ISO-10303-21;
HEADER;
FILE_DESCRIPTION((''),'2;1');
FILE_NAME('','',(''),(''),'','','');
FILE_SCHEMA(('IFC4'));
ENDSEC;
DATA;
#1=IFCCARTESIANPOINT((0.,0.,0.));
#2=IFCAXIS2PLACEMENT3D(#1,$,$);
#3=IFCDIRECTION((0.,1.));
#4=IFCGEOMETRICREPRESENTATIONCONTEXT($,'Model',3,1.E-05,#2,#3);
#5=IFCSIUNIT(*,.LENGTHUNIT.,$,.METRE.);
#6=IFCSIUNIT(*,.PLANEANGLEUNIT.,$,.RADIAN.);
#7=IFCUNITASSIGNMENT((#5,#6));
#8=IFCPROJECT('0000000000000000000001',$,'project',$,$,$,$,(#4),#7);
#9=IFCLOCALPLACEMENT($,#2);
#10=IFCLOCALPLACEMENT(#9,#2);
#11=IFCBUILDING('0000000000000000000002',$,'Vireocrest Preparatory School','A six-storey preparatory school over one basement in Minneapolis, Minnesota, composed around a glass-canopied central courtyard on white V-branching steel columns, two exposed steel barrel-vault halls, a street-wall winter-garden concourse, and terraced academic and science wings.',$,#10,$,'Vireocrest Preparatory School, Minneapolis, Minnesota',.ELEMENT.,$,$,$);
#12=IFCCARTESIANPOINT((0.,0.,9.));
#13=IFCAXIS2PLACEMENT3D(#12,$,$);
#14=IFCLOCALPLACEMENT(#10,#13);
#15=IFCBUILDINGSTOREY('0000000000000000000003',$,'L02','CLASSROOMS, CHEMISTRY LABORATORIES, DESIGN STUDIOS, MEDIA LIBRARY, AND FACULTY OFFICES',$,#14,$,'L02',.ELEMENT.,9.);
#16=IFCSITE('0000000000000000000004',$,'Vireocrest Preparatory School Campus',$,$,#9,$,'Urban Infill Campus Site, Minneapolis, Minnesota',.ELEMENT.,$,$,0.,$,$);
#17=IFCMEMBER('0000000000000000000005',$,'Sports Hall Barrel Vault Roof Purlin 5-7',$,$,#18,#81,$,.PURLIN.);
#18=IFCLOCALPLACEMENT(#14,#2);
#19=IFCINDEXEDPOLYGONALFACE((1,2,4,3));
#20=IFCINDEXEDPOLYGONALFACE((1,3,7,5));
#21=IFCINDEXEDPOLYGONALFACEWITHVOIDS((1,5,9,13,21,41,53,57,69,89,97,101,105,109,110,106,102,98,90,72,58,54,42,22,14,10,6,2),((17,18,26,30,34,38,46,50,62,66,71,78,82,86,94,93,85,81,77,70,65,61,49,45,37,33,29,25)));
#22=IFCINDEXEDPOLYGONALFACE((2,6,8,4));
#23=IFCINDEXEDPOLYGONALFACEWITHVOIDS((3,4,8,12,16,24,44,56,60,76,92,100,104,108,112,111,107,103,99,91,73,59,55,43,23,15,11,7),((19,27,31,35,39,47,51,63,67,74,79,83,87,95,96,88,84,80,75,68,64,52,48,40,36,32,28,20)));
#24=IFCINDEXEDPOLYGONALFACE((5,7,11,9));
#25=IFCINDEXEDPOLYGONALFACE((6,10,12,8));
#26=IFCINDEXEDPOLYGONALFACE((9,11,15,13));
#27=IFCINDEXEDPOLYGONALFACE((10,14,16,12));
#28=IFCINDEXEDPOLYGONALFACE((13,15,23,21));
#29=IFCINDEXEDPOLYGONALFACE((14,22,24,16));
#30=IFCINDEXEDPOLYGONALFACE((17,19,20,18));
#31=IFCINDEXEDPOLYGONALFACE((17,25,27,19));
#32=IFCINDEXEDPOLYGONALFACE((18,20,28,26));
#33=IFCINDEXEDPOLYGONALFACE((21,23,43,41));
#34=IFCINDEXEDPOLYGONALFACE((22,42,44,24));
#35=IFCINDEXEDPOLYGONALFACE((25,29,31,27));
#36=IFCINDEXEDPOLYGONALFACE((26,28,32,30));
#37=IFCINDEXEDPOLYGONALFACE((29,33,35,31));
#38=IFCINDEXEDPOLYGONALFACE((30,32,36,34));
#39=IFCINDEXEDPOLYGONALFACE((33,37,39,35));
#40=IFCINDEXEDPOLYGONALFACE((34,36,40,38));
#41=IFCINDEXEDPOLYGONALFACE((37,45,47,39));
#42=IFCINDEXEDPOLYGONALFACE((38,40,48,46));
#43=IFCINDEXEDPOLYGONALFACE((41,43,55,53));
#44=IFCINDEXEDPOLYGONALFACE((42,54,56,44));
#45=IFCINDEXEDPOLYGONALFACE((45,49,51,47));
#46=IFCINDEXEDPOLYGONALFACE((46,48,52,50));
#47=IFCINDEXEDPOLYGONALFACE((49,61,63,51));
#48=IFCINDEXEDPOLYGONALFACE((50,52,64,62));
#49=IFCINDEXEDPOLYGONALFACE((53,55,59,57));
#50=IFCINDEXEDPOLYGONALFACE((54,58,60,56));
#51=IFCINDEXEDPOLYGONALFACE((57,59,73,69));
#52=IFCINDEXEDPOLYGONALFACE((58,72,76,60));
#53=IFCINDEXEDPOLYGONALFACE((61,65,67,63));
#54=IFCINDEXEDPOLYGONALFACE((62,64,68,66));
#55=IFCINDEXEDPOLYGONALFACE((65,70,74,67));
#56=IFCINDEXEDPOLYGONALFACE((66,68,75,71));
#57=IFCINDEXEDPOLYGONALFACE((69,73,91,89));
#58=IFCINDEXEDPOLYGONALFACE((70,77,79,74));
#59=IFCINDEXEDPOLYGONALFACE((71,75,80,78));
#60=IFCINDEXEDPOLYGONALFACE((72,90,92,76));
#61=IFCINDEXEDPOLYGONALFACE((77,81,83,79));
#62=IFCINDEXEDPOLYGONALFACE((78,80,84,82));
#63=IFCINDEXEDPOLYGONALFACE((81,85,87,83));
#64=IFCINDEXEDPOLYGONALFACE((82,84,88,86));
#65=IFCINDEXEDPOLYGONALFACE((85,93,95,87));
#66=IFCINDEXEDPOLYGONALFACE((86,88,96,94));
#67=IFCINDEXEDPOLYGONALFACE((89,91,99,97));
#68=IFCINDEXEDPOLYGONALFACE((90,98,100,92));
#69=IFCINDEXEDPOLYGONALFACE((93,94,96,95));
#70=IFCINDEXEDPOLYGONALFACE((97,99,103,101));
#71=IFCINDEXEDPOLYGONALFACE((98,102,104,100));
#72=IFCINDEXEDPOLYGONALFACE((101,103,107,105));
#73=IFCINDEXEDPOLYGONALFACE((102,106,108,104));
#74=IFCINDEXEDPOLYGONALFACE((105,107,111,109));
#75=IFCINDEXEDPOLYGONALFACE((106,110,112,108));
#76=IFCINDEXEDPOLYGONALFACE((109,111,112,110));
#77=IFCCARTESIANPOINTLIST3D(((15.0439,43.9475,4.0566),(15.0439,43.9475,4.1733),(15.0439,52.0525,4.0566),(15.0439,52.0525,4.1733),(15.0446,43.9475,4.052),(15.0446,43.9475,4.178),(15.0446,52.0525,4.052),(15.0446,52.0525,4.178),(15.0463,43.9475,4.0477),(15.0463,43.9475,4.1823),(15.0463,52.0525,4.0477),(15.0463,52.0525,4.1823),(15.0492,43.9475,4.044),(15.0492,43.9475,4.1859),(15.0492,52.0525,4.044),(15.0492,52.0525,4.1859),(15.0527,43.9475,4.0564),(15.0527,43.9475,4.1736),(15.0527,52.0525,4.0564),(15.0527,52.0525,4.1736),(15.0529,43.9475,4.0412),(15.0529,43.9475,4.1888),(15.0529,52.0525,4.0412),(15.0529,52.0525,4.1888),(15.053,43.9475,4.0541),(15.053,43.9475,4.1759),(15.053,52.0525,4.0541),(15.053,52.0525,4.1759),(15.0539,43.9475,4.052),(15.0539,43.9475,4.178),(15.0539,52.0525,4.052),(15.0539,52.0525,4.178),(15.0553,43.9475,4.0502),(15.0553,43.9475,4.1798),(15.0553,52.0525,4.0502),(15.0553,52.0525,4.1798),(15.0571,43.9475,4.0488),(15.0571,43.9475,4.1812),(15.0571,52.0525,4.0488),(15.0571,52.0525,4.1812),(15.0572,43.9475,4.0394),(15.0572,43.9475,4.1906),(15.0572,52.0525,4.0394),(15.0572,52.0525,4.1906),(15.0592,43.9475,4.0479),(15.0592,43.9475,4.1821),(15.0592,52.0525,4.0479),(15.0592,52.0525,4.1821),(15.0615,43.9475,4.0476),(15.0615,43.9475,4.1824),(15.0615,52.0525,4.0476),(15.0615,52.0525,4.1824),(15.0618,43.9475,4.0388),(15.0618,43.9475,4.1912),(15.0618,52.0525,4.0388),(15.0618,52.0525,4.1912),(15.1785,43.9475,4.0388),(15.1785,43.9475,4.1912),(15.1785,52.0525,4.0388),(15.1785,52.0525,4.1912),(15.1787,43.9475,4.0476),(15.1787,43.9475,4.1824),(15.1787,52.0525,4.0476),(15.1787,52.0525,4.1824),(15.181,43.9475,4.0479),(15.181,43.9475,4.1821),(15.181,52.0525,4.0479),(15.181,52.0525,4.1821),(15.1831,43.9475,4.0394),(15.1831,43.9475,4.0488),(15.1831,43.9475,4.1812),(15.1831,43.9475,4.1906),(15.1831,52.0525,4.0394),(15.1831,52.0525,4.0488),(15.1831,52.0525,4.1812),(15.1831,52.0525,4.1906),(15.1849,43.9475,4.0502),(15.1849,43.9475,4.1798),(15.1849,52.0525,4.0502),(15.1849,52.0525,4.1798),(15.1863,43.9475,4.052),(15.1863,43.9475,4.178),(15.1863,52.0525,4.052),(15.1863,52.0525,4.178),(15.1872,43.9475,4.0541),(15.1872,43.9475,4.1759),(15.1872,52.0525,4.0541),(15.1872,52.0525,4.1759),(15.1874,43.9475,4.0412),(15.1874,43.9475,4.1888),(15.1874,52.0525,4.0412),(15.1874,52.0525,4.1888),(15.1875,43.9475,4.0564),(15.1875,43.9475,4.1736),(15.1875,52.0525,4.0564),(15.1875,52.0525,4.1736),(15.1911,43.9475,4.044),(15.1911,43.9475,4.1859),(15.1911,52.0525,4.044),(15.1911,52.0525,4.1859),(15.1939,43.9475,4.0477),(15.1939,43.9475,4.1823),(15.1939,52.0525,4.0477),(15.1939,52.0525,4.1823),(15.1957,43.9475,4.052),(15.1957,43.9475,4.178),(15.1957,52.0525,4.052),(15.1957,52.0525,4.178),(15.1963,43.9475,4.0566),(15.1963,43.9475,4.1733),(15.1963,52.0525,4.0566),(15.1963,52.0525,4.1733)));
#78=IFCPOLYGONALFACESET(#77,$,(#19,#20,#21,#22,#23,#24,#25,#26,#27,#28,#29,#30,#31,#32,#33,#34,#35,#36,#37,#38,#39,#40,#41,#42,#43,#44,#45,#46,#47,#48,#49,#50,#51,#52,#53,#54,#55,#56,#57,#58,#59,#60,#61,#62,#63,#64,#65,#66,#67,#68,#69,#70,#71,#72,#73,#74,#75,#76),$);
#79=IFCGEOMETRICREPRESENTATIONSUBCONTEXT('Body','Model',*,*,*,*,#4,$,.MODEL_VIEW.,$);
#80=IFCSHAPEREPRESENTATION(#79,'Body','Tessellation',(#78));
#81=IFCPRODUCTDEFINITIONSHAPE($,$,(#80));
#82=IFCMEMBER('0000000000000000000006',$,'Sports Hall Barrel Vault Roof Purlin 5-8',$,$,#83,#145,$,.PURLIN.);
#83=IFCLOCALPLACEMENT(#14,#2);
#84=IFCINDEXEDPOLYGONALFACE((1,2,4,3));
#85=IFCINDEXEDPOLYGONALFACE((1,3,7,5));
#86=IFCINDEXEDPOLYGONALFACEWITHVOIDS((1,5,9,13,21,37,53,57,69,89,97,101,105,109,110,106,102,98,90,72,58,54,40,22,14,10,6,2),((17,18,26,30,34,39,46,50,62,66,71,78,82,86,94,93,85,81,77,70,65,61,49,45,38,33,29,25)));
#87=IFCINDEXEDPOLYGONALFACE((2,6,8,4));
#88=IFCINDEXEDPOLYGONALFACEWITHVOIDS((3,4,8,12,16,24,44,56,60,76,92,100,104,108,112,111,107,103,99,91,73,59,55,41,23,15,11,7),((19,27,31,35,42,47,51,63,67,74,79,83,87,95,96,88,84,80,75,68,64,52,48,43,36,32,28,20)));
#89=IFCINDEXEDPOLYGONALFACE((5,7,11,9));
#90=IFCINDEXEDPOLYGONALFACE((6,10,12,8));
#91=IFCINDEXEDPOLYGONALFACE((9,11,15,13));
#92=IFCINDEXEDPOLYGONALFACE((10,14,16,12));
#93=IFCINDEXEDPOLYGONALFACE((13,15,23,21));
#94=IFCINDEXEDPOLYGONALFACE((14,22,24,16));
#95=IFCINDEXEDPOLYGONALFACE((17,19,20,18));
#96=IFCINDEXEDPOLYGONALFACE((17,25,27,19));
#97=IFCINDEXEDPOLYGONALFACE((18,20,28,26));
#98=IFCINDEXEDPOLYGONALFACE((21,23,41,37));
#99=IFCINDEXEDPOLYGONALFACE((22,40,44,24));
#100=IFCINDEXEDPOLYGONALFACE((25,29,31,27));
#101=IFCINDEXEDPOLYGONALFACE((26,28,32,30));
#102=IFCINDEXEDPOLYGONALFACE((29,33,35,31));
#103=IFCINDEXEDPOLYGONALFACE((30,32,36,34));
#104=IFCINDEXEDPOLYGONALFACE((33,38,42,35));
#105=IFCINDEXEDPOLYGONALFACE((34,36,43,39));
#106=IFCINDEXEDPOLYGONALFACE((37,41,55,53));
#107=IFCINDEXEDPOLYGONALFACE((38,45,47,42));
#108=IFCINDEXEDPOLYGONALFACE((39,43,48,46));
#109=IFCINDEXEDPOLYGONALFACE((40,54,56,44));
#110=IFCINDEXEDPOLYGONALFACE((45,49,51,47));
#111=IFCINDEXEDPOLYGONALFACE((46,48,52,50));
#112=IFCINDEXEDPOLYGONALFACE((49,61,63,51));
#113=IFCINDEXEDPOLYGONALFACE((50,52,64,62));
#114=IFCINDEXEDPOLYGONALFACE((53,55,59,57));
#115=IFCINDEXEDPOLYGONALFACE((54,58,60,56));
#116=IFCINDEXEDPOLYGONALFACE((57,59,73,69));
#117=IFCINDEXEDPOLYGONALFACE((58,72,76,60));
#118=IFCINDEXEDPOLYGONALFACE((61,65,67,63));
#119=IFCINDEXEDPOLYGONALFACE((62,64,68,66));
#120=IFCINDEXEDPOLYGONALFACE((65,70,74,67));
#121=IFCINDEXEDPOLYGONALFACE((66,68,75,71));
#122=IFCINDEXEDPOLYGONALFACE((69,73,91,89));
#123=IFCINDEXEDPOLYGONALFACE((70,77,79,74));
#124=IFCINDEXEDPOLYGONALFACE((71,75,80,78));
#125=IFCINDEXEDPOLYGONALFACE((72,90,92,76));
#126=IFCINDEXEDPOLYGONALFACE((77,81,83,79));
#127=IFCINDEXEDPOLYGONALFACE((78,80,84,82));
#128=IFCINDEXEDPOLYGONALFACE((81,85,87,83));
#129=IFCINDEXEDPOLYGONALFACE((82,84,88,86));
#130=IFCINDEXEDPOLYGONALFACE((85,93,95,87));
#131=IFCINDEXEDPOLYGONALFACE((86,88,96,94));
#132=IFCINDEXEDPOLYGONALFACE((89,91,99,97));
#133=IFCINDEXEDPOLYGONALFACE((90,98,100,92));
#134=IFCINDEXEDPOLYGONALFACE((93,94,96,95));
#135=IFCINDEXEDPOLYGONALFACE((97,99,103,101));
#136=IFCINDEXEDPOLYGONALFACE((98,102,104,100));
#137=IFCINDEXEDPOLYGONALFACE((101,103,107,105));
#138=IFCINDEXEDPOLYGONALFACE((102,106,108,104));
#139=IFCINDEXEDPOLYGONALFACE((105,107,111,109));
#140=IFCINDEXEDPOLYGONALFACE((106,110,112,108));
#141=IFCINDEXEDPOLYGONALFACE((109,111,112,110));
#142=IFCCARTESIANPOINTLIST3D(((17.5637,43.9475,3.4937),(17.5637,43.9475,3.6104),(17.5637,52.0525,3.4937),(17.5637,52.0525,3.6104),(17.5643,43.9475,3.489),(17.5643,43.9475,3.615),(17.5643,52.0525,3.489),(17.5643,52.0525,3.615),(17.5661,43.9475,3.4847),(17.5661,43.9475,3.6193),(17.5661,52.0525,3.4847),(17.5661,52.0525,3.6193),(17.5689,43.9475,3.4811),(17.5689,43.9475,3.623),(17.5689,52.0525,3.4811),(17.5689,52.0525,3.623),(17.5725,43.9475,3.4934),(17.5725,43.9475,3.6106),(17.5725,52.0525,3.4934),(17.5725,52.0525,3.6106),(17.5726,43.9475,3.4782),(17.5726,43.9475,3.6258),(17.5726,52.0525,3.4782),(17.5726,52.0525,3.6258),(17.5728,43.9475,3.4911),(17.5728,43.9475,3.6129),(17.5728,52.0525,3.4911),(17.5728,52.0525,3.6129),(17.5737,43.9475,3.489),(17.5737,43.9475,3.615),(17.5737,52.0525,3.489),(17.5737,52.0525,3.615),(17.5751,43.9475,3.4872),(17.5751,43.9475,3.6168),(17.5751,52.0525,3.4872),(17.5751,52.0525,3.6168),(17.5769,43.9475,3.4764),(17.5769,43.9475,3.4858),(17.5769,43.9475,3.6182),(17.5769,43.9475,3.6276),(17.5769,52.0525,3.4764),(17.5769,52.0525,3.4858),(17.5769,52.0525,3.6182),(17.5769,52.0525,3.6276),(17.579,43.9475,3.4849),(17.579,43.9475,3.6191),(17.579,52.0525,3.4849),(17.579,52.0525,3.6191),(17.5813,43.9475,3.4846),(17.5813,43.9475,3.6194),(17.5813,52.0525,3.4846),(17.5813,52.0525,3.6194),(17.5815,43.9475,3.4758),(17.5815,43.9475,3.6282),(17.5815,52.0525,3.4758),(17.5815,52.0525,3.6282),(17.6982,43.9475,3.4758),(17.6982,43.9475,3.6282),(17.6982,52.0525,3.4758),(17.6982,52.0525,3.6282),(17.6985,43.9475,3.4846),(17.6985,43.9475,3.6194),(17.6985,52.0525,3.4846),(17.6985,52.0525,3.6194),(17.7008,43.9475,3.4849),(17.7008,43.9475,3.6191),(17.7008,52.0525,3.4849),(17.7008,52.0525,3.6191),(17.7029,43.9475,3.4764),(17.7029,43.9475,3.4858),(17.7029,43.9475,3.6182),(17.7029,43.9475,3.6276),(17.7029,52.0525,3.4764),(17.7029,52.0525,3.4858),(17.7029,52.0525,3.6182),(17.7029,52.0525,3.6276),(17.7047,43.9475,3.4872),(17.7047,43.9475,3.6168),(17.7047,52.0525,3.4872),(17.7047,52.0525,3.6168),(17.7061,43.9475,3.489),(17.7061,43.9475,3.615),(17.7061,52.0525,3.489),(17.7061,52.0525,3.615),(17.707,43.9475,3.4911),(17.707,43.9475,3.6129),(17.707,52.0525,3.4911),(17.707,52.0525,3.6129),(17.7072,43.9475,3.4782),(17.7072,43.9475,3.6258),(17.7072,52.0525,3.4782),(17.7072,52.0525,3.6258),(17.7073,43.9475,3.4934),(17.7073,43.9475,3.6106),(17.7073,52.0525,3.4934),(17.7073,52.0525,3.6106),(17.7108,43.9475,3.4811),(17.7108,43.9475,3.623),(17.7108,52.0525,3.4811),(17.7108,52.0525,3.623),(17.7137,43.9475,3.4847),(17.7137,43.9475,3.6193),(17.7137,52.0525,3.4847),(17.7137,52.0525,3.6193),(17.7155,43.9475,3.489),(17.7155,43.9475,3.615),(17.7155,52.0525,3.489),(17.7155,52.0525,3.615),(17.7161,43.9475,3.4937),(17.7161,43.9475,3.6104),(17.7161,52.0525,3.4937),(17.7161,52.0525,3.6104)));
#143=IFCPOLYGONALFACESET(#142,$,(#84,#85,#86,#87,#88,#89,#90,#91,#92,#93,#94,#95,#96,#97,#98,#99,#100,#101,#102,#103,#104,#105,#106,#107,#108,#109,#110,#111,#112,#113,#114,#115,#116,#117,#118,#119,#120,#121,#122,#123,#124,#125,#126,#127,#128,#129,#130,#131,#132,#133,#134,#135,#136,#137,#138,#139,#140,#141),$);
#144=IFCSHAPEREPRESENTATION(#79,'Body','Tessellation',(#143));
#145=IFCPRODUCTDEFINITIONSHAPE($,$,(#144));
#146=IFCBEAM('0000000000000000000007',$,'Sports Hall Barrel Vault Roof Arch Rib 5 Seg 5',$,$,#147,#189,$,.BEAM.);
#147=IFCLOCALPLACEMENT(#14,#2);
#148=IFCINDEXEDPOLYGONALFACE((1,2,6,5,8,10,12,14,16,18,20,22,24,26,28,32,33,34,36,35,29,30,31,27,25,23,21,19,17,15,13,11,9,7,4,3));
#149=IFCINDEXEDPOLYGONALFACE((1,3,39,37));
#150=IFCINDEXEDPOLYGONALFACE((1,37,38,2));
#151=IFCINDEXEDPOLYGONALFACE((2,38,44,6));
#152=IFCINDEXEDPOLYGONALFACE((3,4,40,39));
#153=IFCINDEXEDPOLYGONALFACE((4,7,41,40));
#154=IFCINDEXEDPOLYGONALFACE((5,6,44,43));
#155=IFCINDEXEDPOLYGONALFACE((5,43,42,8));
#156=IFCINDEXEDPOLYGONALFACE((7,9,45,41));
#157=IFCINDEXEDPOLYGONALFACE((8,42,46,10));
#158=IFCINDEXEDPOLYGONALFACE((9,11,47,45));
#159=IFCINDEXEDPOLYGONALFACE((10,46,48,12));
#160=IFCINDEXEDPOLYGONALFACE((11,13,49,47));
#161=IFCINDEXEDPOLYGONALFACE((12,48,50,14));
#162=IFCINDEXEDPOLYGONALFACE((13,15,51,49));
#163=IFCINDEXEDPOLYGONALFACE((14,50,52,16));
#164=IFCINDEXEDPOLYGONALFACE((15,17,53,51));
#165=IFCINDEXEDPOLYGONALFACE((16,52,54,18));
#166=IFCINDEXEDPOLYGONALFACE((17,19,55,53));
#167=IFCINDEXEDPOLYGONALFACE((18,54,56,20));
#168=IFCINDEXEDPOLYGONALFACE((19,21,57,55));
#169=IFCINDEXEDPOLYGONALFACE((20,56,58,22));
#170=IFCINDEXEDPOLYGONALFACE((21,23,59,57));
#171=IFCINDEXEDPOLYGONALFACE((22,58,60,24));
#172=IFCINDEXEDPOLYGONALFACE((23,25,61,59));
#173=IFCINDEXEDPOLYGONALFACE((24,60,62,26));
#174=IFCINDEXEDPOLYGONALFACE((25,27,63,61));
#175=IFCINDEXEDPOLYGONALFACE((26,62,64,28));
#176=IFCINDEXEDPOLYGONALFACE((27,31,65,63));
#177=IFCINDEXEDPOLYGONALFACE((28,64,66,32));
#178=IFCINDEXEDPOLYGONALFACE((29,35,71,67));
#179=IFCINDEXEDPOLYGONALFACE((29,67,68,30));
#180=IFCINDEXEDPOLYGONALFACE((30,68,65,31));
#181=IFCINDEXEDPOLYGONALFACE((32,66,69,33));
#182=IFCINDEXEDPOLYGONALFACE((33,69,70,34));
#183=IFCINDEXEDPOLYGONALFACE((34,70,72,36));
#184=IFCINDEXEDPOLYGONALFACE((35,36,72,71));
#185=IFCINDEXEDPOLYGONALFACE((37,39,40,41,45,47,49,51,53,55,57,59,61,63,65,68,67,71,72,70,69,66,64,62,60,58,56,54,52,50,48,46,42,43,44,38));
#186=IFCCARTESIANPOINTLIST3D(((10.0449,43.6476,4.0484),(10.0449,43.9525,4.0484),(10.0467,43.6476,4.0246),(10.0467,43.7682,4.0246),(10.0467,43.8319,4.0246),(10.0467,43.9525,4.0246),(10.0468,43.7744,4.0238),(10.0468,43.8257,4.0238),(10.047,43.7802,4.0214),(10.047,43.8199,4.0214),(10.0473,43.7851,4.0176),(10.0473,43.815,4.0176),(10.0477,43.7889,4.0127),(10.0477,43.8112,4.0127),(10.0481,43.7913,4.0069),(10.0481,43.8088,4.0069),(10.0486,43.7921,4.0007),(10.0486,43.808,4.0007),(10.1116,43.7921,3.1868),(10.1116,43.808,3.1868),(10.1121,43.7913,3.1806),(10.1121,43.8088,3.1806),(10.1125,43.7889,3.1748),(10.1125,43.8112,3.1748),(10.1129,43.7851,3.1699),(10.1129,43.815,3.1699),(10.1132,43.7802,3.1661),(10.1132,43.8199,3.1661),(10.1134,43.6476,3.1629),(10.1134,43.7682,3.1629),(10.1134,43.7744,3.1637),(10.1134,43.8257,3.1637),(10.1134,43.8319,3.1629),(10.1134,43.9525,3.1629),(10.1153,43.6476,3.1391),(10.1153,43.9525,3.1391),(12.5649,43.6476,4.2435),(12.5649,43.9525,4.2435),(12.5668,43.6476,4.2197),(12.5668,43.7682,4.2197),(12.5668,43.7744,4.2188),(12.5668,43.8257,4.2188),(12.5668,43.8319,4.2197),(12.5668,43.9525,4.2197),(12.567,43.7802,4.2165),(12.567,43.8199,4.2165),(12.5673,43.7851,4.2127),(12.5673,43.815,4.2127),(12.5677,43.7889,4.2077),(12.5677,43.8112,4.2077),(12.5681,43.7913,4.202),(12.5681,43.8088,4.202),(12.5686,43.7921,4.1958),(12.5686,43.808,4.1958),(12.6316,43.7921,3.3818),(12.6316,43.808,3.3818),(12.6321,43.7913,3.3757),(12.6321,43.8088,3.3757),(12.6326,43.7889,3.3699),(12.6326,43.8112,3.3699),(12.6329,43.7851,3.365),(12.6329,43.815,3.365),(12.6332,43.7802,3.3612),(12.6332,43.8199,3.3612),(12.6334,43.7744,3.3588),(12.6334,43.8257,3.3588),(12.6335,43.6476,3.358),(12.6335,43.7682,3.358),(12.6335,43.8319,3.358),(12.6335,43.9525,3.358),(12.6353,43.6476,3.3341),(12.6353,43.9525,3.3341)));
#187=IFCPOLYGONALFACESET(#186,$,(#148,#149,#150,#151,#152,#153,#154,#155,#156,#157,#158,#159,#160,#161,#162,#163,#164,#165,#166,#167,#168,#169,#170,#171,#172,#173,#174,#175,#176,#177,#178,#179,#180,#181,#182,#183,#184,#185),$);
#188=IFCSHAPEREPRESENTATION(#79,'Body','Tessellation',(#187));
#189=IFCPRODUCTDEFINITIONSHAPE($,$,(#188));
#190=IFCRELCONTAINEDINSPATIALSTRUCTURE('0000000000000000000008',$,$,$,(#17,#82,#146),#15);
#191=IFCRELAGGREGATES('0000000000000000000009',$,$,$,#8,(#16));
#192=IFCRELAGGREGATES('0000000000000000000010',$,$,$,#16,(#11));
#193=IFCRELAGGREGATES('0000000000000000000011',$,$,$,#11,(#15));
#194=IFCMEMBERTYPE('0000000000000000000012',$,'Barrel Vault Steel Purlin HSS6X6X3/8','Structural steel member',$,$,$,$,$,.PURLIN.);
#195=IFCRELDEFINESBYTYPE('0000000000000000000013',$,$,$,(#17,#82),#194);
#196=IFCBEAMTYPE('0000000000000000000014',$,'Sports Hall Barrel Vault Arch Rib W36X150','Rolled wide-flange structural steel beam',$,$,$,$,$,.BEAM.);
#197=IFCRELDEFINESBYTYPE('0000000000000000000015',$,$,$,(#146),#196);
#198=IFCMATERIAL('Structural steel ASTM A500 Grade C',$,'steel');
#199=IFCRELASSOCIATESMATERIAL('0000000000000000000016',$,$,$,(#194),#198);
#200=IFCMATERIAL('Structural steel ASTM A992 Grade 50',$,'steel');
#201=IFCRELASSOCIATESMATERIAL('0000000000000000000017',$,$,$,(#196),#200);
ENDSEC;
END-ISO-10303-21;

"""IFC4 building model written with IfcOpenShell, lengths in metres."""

from ifc_helpers import new_model, si_unit, direction, frame, origin, origin_2d, place, context, subcontext, project, spatial, hollow_rectangle, i_section, extrude, material, material_profile, profile_set, type_object, element, save


model = new_model("IFC4")

# Units and contexts
model_context = context("Model", 3, precision=1e-05, world=origin(), true_north=direction((0.0, 1.0)))
body_context = subcontext(model_context, "Body", "Model", "MODEL_VIEW")
ifc_project = project(units=[si_unit("LENGTHUNIT", "METRE"), si_unit("PLANEANGLEUNIT", "RADIAN")], contexts=[model_context])

# Site, building, storey
site_placement = place(None, origin())
site = spatial("IfcSite", under=ifc_project, at=site_placement, Name="Vireocrest Preparatory School Campus", LongName="Urban Infill Campus Site, Minneapolis, Minnesota", CompositionType="ELEMENT", RefElevation=0.0)
building_placement = place(site_placement, origin())
building = spatial("IfcBuilding", under=site, at=building_placement, Name="Vireocrest Preparatory School", Description="A six-storey preparatory school over one basement in Minneapolis, Minnesota, composed around a glass-canopied central courtyard on white V-branching steel columns, two exposed steel barrel-vault halls, a street-wall winter-garden concourse, and terraced academic and science wings.", LongName="Vireocrest Preparatory School, Minneapolis, Minnesota", CompositionType="ELEMENT")
storey_placement = place(building_placement, frame((0.0, 0.0, 9.0)))
storey = spatial("IfcBuildingStorey", under=building, at=storey_placement, Name="L02", Description="CLASSROOMS, CHEMISTRY LABORATORIES, DESIGN STUDIOS, MEDIA LIBRARY, AND FACULTY OFFICES", LongName="L02", CompositionType="ELEMENT", Elevation=9.0)

# Members
ifc_material_1 = material(Name="Structural steel ASTM A500 Grade C", Category="steel")
ifc_material_profile_1 = material_profile(ifc_material_1, hollow_rectangle(XDim=0.1523, YDim=0.1523, WallThickness=0.0088, InnerFilletRadius=0.0088, OuterFilletRadius=0.0178, at=origin_2d()), Name="HSS6X6X3/8")
ifc_profile_set_1 = profile_set([ifc_material_profile_1], Name="Structural steel ASTM A500 Grade C")
member_type_1 = type_object("IfcMemberType", Name="Barrel Vault Steel Purlin HSS6X6X3/8", Description="Structural steel member", PredefinedType="PURLIN", material=ifc_profile_set_1)
for number, where, z_axis, x_axis, name in (
    (1, (15.1201, 43.9475, 4.115), (0.0, 1.0, 0.0), (-1.0, 0.0, 0.0), "Sports Hall Barrel Vault Roof Purlin 5-7"),
    (2, (17.6399, 43.9475, 3.552), (0.0, 1.0, 0.0), (-1.0, 0.0, 0.0), "Sports Hall Barrel Vault Roof Purlin 5-8"),
):
    element("IfcMember", number, at=place(storey_placement, frame(where, z_axis=z_axis, x_axis=x_axis)), inside=storey, type_object=member_type_1, Name=name, PredefinedType="PURLIN", context=body_context, shape_type="SweptSolid", body=[
        extrude(hollow_rectangle(XDim=0.1523, YDim=0.1523, WallThickness=0.0088, InnerFilletRadius=0.0088, OuterFilletRadius=0.0178, at=origin_2d()), origin(), (0.0, 0.0, 1.0), 8.105),
    ])

# Beam
ifc_material_2 = material(Name="Structural steel ASTM A992 Grade 50", Category="steel")
ifc_material_profile_2 = material_profile(ifc_material_2, i_section(OverallWidth=0.3049, OverallDepth=0.9121, WebThickness=0.0159, FlangeThickness=0.0239, FilletRadius=0.0239, at=origin_2d()), Name="W36X150")
ifc_profile_set_2 = profile_set([ifc_material_profile_2], Name="Structural steel ASTM A992 Grade 50")
beam_type = type_object("IfcBeamType", Name="Sports Hall Barrel Vault Arch Rib W36X150", Description="Rolled wide-flange structural steel beam", PredefinedType="BEAM", material=ifc_profile_set_2)
for number, where, z_axis, x_axis, name in (
    (3, (10.0801, 43.8, 3.5938), (0.997017, 0.0, 0.077177), (0.0, 1.0, 0.0), "Sports Hall Barrel Vault Roof Arch Rib 5 Seg 5"),
):
    element("IfcBeam", number, at=place(storey_placement, frame(where, z_axis=z_axis, x_axis=x_axis)), inside=storey, type_object=beam_type, Name=name, PredefinedType="BEAM", context=body_context, shape_type="SweptSolid", body=[
        extrude(i_section(OverallWidth=0.3049, OverallDepth=0.9121, WebThickness=0.0159, FlangeThickness=0.0239, FilletRadius=0.0239, at=origin_2d()), origin(), (0.0, 0.0, 1.0), 2.5276),
    ])

save(model, "model.ifc")
